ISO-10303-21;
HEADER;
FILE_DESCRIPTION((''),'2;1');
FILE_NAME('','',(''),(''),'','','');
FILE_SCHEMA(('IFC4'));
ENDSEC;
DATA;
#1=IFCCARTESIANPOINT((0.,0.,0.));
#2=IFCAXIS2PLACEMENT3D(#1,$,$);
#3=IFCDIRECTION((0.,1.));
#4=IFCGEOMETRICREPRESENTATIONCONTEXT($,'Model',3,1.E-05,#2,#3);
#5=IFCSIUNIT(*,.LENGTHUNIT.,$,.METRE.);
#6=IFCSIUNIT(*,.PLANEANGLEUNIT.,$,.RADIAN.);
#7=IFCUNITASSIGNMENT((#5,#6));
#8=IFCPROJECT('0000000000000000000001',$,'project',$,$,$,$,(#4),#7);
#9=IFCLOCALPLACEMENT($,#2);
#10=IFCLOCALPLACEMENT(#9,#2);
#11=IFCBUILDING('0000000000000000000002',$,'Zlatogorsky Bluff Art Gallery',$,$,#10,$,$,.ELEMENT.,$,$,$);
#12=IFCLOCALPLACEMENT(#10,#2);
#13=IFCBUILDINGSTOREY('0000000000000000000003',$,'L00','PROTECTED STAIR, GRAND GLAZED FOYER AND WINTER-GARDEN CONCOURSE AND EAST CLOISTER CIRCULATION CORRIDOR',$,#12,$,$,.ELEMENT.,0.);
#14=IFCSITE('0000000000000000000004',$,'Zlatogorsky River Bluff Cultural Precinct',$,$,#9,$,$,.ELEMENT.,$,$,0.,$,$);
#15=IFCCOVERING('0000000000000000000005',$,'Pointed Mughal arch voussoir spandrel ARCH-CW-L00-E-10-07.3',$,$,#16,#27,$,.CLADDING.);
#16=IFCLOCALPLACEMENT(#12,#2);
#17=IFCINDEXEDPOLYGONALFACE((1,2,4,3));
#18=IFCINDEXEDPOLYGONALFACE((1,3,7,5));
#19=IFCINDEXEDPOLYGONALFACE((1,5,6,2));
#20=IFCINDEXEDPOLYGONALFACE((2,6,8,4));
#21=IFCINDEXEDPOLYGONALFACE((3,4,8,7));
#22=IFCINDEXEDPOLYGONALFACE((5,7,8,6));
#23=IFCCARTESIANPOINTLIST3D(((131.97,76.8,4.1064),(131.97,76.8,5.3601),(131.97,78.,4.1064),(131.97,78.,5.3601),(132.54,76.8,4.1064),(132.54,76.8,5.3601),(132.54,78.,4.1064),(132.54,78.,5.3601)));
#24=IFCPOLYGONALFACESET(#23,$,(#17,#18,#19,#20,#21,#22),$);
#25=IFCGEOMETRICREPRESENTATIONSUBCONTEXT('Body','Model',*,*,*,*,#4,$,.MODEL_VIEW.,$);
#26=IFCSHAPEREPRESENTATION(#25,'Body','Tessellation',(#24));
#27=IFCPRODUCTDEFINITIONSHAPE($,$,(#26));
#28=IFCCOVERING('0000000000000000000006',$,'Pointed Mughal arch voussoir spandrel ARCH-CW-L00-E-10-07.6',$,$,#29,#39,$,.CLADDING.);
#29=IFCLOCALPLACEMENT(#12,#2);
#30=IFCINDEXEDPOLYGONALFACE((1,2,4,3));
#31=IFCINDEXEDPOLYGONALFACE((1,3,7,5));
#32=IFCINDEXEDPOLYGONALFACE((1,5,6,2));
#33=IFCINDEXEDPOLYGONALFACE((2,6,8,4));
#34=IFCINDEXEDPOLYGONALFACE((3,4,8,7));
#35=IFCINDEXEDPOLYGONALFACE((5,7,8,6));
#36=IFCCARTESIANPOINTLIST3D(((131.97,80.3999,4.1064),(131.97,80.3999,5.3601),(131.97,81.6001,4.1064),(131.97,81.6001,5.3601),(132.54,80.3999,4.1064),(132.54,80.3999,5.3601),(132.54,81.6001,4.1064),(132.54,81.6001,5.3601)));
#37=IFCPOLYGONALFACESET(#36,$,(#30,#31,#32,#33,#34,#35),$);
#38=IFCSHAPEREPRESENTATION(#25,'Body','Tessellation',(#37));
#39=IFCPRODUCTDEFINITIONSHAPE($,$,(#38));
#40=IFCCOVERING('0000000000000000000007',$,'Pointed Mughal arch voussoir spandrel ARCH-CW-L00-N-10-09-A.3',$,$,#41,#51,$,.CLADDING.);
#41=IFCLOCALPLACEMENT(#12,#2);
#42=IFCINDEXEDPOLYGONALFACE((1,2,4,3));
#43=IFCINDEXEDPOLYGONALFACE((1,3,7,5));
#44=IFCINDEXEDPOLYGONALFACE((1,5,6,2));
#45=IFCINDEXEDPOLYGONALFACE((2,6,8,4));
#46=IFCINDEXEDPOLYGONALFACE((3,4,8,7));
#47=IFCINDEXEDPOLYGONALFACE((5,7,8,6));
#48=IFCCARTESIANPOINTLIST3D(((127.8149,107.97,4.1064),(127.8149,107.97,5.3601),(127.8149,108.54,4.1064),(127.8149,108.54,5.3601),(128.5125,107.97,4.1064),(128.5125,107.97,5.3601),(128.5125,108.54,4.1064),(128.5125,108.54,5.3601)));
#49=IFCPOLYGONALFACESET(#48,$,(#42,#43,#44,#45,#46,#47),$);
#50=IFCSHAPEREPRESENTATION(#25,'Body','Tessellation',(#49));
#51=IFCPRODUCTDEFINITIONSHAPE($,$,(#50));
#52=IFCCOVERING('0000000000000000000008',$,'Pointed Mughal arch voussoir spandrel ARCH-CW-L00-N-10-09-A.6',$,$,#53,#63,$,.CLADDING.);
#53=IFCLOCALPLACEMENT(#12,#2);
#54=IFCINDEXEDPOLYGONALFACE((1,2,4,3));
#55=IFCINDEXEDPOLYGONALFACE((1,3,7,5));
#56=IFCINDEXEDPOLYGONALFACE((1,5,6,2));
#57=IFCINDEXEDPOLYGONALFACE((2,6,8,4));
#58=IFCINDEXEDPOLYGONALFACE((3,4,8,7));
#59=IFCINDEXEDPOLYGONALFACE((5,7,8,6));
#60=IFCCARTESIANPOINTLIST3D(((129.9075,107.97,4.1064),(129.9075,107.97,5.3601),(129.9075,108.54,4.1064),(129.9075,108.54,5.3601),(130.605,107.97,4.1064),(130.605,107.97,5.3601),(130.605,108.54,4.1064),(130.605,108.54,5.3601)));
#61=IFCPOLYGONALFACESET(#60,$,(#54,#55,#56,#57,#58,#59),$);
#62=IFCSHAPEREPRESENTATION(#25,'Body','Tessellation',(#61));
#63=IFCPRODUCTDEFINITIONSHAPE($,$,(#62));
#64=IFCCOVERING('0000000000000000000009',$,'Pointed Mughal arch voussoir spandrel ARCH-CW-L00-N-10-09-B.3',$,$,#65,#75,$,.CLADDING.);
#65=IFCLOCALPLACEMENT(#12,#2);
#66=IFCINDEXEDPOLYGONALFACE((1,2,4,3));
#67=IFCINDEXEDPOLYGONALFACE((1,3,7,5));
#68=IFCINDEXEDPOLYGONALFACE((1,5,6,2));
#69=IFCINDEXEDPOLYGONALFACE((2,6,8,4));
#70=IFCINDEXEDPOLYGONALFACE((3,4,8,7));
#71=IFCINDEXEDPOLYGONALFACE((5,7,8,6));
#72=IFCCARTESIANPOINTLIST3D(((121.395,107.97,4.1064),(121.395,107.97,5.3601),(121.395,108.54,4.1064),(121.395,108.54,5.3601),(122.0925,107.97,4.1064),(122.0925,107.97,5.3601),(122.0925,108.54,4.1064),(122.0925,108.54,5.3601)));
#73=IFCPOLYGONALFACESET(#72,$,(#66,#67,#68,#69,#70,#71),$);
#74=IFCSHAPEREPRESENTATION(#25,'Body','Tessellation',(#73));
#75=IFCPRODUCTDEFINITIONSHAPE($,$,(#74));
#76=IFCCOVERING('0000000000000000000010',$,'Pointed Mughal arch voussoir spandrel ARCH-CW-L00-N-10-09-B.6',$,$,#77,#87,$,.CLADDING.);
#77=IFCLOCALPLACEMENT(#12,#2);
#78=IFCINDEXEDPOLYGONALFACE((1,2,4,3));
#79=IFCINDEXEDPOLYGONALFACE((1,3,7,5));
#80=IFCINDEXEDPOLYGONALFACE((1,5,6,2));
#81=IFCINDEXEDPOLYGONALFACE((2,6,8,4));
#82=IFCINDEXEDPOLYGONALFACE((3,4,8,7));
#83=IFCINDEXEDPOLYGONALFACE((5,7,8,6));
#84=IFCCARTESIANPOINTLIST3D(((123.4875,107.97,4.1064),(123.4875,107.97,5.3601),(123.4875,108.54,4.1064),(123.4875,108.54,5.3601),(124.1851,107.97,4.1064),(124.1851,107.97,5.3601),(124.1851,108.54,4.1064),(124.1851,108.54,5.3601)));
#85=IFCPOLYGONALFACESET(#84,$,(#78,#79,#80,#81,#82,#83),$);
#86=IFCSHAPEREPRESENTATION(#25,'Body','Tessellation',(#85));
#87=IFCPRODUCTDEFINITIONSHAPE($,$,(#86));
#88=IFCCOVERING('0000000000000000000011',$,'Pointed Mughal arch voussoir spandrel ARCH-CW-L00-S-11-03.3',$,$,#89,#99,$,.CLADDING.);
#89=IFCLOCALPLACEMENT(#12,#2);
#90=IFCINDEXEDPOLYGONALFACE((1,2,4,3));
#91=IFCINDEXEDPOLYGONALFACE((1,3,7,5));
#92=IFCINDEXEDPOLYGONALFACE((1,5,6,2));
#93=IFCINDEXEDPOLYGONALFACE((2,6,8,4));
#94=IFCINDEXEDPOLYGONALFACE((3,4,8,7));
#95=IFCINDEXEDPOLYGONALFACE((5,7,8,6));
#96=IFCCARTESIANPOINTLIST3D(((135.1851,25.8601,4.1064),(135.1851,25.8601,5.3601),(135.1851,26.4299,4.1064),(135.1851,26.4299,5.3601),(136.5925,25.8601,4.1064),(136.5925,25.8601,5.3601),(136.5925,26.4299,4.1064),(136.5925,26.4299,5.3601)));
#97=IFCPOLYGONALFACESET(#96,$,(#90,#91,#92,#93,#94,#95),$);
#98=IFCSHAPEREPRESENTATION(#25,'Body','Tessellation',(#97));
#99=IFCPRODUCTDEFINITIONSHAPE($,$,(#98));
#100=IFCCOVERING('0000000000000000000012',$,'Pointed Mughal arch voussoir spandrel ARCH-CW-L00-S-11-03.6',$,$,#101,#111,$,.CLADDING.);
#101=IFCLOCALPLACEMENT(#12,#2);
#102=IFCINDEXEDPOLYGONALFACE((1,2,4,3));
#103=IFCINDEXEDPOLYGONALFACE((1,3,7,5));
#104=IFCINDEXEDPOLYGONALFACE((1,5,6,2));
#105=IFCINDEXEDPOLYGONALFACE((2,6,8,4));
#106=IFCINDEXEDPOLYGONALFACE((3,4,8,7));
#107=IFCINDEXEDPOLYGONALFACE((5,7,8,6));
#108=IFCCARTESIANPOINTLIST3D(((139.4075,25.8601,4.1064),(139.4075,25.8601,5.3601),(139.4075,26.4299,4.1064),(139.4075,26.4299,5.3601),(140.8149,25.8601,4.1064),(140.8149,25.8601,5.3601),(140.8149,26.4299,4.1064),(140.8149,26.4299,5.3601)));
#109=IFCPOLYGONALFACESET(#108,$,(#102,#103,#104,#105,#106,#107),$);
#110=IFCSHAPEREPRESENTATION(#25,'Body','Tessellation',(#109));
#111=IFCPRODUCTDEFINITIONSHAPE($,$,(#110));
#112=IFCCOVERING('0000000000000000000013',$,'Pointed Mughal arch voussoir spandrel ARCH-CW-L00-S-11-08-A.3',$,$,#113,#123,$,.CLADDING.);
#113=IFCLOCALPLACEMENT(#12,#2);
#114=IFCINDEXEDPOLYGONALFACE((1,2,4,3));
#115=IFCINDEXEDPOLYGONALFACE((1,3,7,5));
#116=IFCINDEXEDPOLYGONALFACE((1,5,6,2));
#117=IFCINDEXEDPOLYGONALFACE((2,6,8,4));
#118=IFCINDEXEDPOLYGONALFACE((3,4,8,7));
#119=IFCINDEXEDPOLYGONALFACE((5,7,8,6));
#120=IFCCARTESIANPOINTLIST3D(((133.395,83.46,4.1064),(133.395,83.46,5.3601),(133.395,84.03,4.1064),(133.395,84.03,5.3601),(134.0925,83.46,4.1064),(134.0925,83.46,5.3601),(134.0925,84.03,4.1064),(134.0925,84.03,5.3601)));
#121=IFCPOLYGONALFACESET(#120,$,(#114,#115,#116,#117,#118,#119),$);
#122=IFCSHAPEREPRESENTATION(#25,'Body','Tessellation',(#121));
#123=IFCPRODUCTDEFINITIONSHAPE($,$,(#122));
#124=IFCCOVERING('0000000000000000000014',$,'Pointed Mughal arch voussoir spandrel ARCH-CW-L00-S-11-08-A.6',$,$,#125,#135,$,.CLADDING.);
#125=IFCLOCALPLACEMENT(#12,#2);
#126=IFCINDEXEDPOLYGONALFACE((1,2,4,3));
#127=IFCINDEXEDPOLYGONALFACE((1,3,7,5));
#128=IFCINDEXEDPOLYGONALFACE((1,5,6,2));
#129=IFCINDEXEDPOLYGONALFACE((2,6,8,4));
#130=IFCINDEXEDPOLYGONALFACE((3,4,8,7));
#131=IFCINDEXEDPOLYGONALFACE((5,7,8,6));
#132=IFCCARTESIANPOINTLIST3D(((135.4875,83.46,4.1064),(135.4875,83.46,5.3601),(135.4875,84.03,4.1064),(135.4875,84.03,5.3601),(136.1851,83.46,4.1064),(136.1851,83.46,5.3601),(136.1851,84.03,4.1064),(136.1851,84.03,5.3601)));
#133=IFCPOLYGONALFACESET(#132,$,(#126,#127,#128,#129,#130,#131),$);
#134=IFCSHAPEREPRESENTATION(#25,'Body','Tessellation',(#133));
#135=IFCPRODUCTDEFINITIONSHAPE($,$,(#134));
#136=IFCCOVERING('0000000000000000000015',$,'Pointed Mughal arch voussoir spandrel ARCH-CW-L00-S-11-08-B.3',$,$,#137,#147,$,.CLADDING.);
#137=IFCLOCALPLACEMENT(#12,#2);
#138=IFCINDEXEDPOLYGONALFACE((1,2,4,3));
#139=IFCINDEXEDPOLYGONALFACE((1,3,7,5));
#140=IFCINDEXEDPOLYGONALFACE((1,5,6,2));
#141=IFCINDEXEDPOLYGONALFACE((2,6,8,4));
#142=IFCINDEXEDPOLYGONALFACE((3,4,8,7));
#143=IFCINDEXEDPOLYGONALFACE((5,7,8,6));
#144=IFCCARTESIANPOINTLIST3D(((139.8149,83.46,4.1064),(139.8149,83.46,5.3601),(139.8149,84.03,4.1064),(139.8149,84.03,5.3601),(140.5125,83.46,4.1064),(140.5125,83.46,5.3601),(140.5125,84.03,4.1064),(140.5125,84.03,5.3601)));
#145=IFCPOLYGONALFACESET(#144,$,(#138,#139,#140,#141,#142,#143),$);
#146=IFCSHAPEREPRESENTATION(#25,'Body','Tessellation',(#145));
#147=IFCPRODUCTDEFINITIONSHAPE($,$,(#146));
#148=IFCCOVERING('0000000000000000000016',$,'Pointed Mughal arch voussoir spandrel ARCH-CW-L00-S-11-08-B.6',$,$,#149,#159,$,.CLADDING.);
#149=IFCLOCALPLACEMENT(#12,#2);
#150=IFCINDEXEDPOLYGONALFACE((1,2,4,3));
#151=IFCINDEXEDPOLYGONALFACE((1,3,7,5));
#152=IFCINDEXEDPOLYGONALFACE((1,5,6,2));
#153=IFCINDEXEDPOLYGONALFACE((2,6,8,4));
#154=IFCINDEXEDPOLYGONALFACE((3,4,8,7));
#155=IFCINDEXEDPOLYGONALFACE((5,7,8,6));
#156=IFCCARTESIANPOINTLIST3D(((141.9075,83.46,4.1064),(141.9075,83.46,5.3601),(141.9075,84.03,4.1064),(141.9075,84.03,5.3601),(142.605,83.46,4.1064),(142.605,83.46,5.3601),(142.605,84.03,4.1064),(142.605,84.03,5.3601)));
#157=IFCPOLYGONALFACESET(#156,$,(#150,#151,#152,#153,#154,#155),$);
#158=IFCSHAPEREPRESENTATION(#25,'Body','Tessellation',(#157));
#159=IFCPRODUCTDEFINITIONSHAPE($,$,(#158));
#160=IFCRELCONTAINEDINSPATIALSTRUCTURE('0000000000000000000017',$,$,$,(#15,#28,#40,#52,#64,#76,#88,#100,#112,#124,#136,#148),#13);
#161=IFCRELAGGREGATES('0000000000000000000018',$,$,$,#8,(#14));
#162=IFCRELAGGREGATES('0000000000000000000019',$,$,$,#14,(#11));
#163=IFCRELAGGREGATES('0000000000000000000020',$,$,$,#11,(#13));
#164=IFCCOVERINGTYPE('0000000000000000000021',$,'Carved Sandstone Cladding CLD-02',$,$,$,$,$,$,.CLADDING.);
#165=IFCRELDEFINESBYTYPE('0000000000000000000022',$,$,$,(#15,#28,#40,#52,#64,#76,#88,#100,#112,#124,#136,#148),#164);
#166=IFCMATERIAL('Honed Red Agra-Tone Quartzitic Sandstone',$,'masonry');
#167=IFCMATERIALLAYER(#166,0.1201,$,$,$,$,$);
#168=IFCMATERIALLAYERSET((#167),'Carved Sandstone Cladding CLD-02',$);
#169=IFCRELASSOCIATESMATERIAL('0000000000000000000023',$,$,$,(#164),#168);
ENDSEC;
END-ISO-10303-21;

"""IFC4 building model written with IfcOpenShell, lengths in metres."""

from ifc_helpers import new_model, si_unit, direction, frame, origin, place, context, subcontext, project, spatial, polyline, outline, extrude, material, layer, layer_set, type_object, element, save


model = new_model("IFC4")

# Units and contexts
model_context = context("Model", 3, precision=1e-05, world=origin(), true_north=direction((0.0, 1.0)))
body_context = subcontext(model_context, "Body", "Model", "MODEL_VIEW")
ifc_project = project(units=[si_unit("LENGTHUNIT", "METRE"), si_unit("PLANEANGLEUNIT", "RADIAN")], contexts=[model_context])

# Site, building, storey
site_placement = place(None, origin())
site = spatial("IfcSite", under=ifc_project, at=site_placement, Name="Zlatogorsky River Bluff Cultural Precinct", CompositionType="ELEMENT", RefElevation=0.0)
building_placement = place(site_placement, origin())
building = spatial("IfcBuilding", under=site, at=building_placement, Name="Zlatogorsky Bluff Art Gallery", CompositionType="ELEMENT")
storey_placement = place(building_placement, origin())
storey = spatial("IfcBuildingStorey", under=building, at=storey_placement, Name="L00", Description="PROTECTED STAIR, GRAND GLAZED FOYER AND WINTER-GARDEN CONCOURSE AND EAST CLOISTER CIRCULATION CORRIDOR", CompositionType="ELEMENT", Elevation=0.0)

# Coverings
ifc_material = material(Name="Honed Red Agra-Tone Quartzitic Sandstone", Category="masonry")
ifc_layer = layer(ifc_material, 0.1201)
ifc_layer_set = layer_set([ifc_layer], Name="Carved Sandstone Cladding CLD-02")
covering_type = type_object("IfcCoveringType", Name="Carved Sandstone Cladding CLD-02", PredefinedType="CLADDING", material=ifc_layer_set)
covering_1_placement = place(storey_placement, frame((0.0, 0.0, 4.1064)))
element("IfcCovering", 1, at=covering_1_placement, inside=storey, type_object=covering_type, Name="Pointed Mughal arch voussoir spandrel ARCH-CW-L00-E-10-07.3", PredefinedType="CLADDING", context=body_context, shape_type="SweptSolid", body=[
    extrude(outline(polyline([(131.97, 76.8), (131.97, 78.0), (132.54, 78.0), (132.54, 76.8), (131.97, 76.8)])), origin(), (0.0, 0.0, 1.0), 1.2537),
])
covering_2_placement = place(storey_placement, frame((0.0, 0.0, 4.1064)))
element("IfcCovering", 2, at=covering_2_placement, inside=storey, type_object=covering_type, Name="Pointed Mughal arch voussoir spandrel ARCH-CW-L00-E-10-07.6", PredefinedType="CLADDING", context=body_context, shape_type="SweptSolid", body=[
    extrude(outline(polyline([(131.97, 80.3999), (131.97, 81.6001), (132.54, 81.6001), (132.54, 80.3999), (131.97, 80.3999)])), origin(), (0.0, 0.0, 1.0), 1.2537),
])
covering_3_placement = place(storey_placement, frame((0.0, 0.0, 4.1064)))
element("IfcCovering", 3, at=covering_3_placement, inside=storey, type_object=covering_type, Name="Pointed Mughal arch voussoir spandrel ARCH-CW-L00-N-10-09-A.3", PredefinedType="CLADDING", context=body_context, shape_type="SweptSolid", body=[
    extrude(outline(polyline([(127.8149, 107.97), (128.5125, 107.97), (128.5125, 108.54), (127.8149, 108.54), (127.8149, 107.97)])), origin(), (0.0, 0.0, 1.0), 1.2537),
])
covering_4_placement = place(storey_placement, frame((0.0, 0.0, 4.1064)))
element("IfcCovering", 4, at=covering_4_placement, inside=storey, type_object=covering_type, Name="Pointed Mughal arch voussoir spandrel ARCH-CW-L00-N-10-09-A.6", PredefinedType="CLADDING", context=body_context, shape_type="SweptSolid", body=[
    extrude(outline(polyline([(129.9075, 107.97), (130.605, 107.97), (130.605, 108.54), (129.9075, 108.54), (129.9075, 107.97)])), origin(), (0.0, 0.0, 1.0), 1.2537),
])
covering_5_placement = place(storey_placement, frame((0.0, 0.0, 4.1064)))
element("IfcCovering", 5, at=covering_5_placement, inside=storey, type_object=covering_type, Name="Pointed Mughal arch voussoir spandrel ARCH-CW-L00-N-10-09-B.3", PredefinedType="CLADDING", context=body_context, shape_type="SweptSolid", body=[
    extrude(outline(polyline([(121.395, 107.97), (122.0925, 107.97), (122.0925, 108.54), (121.395, 108.54), (121.395, 107.97)])), origin(), (0.0, 0.0, 1.0), 1.2537),
])
covering_6_placement = place(storey_placement, frame((0.0, 0.0, 4.1064)))
element("IfcCovering", 6, at=covering_6_placement, inside=storey, type_object=covering_type, Name="Pointed Mughal arch voussoir spandrel ARCH-CW-L00-N-10-09-B.6", PredefinedType="CLADDING", context=body_context, shape_type="SweptSolid", body=[
    extrude(outline(polyline([(123.4875, 107.97), (124.1851, 107.97), (124.1851, 108.54), (123.4875, 108.54), (123.4875, 107.97)])), origin(), (0.0, 0.0, 1.0), 1.2537),
])
covering_7_placement = place(storey_placement, frame((0.0, 0.0, 4.1064)))
element("IfcCovering", 7, at=covering_7_placement, inside=storey, type_object=covering_type, Name="Pointed Mughal arch voussoir spandrel ARCH-CW-L00-S-11-03.3", PredefinedType="CLADDING", context=body_context, shape_type="SweptSolid", body=[
    extrude(outline(polyline([(135.1851, 25.8601), (136.5925, 25.8601), (136.5925, 26.4299), (135.1851, 26.4299), (135.1851, 25.8601)])), origin(), (0.0, 0.0, 1.0), 1.2537),
])
covering_8_placement = place(storey_placement, frame((0.0, 0.0, 4.1064)))
element("IfcCovering", 8, at=covering_8_placement, inside=storey, type_object=covering_type, Name="Pointed Mughal arch voussoir spandrel ARCH-CW-L00-S-11-03.6", PredefinedType="CLADDING", context=body_context, shape_type="SweptSolid", body=[
    extrude(outline(polyline([(139.4075, 25.8601), (140.8149, 25.8601), (140.8149, 26.4299), (139.4075, 26.4299), (139.4075, 25.8601)])), origin(), (0.0, 0.0, 1.0), 1.2537),
])
covering_9_placement = place(storey_placement, frame((0.0, 0.0, 4.1064)))
element("IfcCovering", 9, at=covering_9_placement, inside=storey, type_object=covering_type, Name="Pointed Mughal arch voussoir spandrel ARCH-CW-L00-S-11-08-A.3", PredefinedType="CLADDING", context=body_context, shape_type="SweptSolid", body=[
    extrude(outline(polyline([(133.395, 83.46), (134.0925, 83.46), (134.0925, 84.03), (133.395, 84.03), (133.395, 83.46)])), origin(), (0.0, 0.0, 1.0), 1.2537),
])
covering_10_placement = place(storey_placement, frame((0.0, 0.0, 4.1064)))
element("IfcCovering", 10, at=covering_10_placement, inside=storey, type_object=covering_type, Name="Pointed Mughal arch voussoir spandrel ARCH-CW-L00-S-11-08-A.6", PredefinedType="CLADDING", context=body_context, shape_type="SweptSolid", body=[
    extrude(outline(polyline([(135.4875, 83.46), (136.1851, 83.46), (136.1851, 84.03), (135.4875, 84.03), (135.4875, 83.46)])), origin(), (0.0, 0.0, 1.0), 1.2537),
])
covering_11_placement = place(storey_placement, frame((0.0, 0.0, 4.1064)))
element("IfcCovering", 11, at=covering_11_placement, inside=storey, type_object=covering_type, Name="Pointed Mughal arch voussoir spandrel ARCH-CW-L00-S-11-08-B.3", PredefinedType="CLADDING", context=body_context, shape_type="SweptSolid", body=[
    extrude(outline(polyline([(139.8149, 83.46), (140.5125, 83.46), (140.5125, 84.03), (139.8149, 84.03), (139.8149, 83.46)])), origin(), (0.0, 0.0, 1.0), 1.2537),
])
covering_12_placement = place(storey_placement, frame((0.0, 0.0, 4.1064)))
element("IfcCovering", 12, at=covering_12_placement, inside=storey, type_object=covering_type, Name="Pointed Mughal arch voussoir spandrel ARCH-CW-L00-S-11-08-B.6", PredefinedType="CLADDING", context=body_context, shape_type="SweptSolid", body=[
    extrude(outline(polyline([(141.9075, 83.46), (142.605, 83.46), (142.605, 84.03), (141.9075, 84.03), (141.9075, 83.46)])), origin(), (0.0, 0.0, 1.0), 1.2537),
])

save(model, "model.ifc")
